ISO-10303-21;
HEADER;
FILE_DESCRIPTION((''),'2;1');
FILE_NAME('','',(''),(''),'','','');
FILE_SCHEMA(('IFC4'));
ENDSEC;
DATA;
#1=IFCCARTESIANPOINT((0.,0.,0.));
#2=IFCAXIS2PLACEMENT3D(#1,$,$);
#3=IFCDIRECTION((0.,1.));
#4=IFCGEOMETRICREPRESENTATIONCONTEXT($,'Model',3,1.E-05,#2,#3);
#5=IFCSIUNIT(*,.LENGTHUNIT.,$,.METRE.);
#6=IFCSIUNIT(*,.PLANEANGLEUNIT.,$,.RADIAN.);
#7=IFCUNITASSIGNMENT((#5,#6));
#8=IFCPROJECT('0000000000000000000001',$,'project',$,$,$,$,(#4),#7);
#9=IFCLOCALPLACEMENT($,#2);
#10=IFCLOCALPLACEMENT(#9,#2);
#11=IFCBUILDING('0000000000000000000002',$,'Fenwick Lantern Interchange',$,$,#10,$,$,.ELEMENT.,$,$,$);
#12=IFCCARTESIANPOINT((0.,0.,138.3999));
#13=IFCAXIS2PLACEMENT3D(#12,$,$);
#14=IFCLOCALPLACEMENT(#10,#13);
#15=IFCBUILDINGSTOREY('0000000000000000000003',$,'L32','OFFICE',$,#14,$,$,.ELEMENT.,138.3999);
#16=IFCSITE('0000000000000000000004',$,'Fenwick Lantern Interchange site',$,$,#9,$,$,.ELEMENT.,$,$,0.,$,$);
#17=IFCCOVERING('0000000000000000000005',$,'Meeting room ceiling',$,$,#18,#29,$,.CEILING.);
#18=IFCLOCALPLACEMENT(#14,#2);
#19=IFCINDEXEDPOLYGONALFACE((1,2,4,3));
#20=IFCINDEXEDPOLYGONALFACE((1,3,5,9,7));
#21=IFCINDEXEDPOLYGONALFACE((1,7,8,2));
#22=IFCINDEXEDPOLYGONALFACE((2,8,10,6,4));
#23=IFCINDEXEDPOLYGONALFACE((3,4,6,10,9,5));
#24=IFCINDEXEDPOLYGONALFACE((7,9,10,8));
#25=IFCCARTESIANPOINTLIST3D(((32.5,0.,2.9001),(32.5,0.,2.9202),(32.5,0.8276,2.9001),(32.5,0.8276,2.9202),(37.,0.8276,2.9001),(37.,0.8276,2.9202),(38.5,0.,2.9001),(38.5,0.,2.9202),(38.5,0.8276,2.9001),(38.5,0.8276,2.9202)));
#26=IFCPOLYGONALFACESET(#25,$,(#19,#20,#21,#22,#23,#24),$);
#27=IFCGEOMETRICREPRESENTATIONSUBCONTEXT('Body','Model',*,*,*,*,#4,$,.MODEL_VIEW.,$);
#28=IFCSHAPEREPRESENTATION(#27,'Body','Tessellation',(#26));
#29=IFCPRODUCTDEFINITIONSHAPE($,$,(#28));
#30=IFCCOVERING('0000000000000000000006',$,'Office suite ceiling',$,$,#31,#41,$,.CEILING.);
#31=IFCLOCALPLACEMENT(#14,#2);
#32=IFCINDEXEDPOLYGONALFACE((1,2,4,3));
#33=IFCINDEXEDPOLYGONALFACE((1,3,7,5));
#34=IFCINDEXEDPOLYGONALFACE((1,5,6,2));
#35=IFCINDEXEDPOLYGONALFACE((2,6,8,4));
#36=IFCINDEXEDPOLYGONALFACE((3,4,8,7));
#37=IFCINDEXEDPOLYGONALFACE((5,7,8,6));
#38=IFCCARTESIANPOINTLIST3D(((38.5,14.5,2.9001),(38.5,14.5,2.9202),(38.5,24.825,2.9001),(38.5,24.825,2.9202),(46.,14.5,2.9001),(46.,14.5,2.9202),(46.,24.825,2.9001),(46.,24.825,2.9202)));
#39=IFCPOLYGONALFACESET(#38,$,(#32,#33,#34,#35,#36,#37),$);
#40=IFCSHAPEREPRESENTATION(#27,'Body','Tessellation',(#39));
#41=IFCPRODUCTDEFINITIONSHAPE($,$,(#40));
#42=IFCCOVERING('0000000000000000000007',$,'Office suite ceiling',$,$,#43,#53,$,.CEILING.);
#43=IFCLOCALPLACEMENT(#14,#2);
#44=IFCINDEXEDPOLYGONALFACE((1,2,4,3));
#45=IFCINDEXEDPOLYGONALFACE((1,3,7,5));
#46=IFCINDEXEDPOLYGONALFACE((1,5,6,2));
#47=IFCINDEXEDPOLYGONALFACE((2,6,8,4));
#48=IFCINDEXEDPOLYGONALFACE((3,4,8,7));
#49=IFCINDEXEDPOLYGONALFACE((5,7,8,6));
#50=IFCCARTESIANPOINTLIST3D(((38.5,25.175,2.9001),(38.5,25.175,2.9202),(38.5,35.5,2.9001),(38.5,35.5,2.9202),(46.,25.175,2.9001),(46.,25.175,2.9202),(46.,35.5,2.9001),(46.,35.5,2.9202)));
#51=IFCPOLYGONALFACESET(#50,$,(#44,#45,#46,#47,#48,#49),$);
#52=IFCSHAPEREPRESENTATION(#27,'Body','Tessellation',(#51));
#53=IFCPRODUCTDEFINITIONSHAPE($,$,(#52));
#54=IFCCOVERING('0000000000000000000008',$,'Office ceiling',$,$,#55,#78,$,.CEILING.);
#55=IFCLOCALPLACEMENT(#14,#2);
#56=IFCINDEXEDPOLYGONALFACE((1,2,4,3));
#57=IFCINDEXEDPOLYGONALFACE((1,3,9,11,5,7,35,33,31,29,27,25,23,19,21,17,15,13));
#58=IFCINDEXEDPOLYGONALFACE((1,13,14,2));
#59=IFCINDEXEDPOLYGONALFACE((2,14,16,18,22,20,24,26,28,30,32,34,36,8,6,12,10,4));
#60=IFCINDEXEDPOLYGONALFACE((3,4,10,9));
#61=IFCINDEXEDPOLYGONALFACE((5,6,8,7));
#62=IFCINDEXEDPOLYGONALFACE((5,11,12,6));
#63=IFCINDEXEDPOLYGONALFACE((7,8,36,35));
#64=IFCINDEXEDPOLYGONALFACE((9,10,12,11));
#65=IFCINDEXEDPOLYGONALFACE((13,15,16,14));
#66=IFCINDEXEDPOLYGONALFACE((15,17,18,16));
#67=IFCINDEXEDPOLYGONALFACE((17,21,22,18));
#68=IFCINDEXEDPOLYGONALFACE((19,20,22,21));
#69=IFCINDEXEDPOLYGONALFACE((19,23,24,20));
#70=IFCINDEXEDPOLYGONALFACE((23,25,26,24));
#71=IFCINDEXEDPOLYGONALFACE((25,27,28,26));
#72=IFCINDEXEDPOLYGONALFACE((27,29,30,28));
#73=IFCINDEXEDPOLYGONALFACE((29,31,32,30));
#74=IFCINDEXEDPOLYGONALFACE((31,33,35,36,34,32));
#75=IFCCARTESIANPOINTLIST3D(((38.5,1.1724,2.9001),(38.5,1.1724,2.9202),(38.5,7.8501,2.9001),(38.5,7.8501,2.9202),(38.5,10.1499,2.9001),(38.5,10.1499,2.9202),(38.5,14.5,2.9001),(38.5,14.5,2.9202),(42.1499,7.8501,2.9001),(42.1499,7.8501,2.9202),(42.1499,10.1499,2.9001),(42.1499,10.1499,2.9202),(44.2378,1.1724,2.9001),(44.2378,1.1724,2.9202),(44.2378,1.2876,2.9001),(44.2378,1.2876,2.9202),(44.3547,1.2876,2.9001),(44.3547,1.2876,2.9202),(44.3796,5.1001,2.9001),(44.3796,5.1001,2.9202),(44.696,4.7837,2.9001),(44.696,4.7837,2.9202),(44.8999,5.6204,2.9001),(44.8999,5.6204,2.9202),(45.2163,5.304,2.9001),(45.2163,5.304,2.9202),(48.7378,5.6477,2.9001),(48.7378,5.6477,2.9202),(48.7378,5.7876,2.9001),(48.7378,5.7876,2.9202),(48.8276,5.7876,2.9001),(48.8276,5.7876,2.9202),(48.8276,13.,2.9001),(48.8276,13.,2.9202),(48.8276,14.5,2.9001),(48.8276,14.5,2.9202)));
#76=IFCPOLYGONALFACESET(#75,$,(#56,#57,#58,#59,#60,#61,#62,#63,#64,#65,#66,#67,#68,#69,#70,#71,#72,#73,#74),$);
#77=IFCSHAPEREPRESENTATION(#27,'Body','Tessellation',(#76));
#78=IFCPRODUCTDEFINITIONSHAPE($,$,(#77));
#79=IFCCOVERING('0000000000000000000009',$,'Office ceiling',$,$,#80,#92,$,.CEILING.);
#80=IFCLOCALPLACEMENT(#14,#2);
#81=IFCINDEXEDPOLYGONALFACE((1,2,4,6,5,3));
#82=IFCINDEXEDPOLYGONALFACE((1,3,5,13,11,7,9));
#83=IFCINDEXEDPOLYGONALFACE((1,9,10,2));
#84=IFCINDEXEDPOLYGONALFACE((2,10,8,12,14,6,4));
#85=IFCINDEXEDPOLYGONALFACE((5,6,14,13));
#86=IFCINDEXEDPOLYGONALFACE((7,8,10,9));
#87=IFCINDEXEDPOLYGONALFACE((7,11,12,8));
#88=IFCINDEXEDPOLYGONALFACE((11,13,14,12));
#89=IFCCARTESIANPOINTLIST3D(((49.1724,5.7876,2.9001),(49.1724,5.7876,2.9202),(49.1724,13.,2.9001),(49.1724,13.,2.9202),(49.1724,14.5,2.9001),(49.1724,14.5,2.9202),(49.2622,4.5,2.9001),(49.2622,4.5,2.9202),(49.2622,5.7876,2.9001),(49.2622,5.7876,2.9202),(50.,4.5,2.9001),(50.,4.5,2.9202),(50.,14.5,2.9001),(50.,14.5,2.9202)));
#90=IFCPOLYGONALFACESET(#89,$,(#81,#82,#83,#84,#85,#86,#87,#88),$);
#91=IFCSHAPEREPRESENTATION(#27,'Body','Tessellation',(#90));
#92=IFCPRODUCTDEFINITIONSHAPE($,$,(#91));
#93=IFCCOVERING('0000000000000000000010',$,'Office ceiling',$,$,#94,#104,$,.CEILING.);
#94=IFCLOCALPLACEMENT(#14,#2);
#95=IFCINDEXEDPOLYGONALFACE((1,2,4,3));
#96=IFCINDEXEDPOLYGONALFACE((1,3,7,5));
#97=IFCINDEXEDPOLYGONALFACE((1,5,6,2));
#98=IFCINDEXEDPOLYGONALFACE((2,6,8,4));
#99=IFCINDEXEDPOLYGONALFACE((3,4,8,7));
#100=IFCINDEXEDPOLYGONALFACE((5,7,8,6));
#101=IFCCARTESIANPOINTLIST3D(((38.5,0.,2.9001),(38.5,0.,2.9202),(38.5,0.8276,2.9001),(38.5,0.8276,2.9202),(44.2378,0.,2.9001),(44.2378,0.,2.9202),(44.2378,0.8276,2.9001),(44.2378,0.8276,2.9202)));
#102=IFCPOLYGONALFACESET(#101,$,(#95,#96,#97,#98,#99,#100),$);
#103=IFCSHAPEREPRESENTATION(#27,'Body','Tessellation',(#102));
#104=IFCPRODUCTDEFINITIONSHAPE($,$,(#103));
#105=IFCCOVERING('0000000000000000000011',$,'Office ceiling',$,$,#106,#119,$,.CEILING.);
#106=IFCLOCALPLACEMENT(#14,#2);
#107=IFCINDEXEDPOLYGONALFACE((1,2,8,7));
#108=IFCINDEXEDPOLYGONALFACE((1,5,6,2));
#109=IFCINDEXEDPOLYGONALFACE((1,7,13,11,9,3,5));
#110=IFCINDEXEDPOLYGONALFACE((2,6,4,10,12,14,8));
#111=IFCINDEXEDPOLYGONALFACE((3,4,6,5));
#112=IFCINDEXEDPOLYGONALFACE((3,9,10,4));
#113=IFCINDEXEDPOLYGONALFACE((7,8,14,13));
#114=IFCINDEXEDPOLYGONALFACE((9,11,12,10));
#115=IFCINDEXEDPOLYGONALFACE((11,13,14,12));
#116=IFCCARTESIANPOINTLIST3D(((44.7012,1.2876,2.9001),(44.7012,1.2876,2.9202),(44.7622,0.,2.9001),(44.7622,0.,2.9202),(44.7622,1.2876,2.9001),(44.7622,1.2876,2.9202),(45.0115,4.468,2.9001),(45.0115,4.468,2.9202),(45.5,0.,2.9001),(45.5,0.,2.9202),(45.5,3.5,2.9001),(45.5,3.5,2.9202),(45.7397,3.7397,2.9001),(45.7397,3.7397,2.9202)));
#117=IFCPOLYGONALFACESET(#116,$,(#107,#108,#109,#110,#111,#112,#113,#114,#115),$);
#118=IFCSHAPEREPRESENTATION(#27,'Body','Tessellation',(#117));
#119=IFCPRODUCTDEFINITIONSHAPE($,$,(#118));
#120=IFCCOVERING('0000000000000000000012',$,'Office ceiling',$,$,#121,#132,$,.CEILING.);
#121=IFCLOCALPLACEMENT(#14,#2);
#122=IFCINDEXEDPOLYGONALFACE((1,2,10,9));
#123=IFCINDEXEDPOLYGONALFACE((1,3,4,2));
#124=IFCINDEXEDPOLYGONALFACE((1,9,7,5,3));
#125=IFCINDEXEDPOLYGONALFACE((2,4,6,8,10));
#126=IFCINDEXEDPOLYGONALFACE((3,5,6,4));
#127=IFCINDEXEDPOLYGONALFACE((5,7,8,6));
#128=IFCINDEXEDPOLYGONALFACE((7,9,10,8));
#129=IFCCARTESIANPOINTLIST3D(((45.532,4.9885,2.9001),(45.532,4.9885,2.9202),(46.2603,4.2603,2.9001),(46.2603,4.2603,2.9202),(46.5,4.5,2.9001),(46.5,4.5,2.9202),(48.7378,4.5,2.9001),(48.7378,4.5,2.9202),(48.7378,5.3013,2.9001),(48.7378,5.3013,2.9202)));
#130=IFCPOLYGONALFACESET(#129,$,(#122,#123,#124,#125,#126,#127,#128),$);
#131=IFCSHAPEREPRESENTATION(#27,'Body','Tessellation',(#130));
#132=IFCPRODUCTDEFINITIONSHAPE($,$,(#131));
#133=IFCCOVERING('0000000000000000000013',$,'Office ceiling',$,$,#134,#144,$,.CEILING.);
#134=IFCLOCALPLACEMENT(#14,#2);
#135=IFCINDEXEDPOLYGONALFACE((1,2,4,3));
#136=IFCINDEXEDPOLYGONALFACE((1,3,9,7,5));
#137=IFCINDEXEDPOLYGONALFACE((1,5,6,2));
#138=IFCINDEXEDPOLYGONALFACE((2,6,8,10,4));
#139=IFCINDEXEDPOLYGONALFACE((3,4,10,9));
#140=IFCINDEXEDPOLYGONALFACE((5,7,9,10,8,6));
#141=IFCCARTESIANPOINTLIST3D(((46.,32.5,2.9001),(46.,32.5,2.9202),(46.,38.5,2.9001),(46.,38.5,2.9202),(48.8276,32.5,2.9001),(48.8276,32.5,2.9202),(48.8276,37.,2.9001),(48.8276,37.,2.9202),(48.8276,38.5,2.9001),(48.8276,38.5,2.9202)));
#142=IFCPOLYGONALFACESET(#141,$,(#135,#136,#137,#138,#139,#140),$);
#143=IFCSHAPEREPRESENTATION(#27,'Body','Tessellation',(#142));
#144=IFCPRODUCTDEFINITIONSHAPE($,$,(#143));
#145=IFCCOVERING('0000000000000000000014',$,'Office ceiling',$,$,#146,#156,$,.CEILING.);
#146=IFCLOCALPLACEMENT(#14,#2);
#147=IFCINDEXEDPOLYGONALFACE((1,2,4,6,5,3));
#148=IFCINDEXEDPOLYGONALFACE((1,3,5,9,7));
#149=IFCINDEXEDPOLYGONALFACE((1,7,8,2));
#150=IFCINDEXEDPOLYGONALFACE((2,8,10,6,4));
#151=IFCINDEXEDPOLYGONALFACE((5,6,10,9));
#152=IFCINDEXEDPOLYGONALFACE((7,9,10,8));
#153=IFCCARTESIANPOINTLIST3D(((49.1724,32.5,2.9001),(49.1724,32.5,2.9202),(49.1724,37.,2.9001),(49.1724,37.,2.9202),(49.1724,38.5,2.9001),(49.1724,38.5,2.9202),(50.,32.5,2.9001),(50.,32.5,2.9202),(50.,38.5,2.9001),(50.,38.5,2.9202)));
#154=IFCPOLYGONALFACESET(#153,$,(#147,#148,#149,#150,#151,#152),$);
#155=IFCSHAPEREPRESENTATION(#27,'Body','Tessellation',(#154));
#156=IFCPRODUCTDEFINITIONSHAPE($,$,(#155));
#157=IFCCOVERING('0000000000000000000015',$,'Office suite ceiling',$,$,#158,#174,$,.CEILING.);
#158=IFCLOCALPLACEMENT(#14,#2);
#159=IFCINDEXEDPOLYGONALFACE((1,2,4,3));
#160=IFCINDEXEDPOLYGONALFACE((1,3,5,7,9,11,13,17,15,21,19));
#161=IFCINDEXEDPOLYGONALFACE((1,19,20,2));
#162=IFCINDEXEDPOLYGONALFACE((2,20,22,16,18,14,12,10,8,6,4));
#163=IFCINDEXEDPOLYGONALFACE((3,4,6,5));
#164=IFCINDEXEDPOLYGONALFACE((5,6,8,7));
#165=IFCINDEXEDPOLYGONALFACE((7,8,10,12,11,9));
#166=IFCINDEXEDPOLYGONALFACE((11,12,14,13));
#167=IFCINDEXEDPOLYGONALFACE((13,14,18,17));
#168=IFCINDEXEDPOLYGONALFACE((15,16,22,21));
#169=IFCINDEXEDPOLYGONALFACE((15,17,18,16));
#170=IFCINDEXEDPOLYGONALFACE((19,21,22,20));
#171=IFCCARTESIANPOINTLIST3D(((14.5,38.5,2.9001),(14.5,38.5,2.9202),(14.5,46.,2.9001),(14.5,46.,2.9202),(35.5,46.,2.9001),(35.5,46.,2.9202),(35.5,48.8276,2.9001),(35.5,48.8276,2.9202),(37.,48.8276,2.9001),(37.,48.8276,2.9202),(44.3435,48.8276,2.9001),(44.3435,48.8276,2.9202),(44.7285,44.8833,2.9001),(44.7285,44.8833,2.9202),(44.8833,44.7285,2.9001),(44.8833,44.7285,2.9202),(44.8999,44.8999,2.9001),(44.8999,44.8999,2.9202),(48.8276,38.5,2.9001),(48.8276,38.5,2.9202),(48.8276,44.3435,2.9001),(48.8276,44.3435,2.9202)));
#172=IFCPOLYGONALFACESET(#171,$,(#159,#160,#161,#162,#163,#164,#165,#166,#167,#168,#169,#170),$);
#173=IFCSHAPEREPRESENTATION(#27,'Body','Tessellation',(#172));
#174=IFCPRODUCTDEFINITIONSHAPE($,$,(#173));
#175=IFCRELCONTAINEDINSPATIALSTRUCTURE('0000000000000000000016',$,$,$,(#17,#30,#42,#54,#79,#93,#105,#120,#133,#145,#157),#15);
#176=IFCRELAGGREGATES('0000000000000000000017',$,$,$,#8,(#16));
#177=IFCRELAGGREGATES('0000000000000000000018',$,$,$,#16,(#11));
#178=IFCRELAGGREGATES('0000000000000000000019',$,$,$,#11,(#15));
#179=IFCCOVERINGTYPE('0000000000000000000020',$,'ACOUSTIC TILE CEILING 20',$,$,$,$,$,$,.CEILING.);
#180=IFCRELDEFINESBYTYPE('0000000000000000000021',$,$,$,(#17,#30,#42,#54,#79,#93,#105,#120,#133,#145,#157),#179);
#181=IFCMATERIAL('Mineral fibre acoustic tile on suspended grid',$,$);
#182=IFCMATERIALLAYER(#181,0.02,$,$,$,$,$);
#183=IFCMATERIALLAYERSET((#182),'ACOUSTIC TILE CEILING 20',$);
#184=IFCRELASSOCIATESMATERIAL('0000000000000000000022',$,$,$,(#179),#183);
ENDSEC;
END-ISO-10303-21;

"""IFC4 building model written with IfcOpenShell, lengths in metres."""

from ifc_helpers import new_model, si_unit, direction, frame, origin, place, context, subcontext, project, spatial, polyline, outline, extrude, material, layer, layer_set, type_object, element, save


model = new_model("IFC4")

# Units and contexts
model_context = context("Model", 3, precision=1e-05, world=origin(), true_north=direction((0.0, 1.0)))
body_context = subcontext(model_context, "Body", "Model", "MODEL_VIEW")
ifc_project = project(units=[si_unit("LENGTHUNIT", "METRE"), si_unit("PLANEANGLEUNIT", "RADIAN")], contexts=[model_context])

# Site, building, storey
site_placement = place(None, origin())
site = spatial("IfcSite", under=ifc_project, at=site_placement, Name="Fenwick Lantern Interchange site", CompositionType="ELEMENT", RefElevation=0.0)
building_placement = place(site_placement, origin())
building = spatial("IfcBuilding", under=site, at=building_placement, Name="Fenwick Lantern Interchange", CompositionType="ELEMENT")
storey_placement = place(building_placement, frame((0.0, 0.0, 138.3999)))
storey = spatial("IfcBuildingStorey", under=building, at=storey_placement, Name="L32", Description="OFFICE", CompositionType="ELEMENT", Elevation=138.3999)

# Coverings
ifc_material = material(Name="Mineral fibre acoustic tile on suspended grid")
ifc_layer = layer(ifc_material, 0.02)
ifc_layer_set = layer_set([ifc_layer], Name="ACOUSTIC TILE CEILING 20")
covering_type = type_object("IfcCoveringType", Name="ACOUSTIC TILE CEILING 20", PredefinedType="CEILING", material=ifc_layer_set)
covering_1_placement = place(storey_placement, frame((0.0, 0.0, 2.9001)))
element("IfcCovering", 1, at=covering_1_placement, inside=storey, type_object=covering_type, Name="Meeting room ceiling", PredefinedType="CEILING", context=body_context, shape_type="SweptSolid", body=[
    extrude(outline(polyline([(38.5, 0.0), (38.5, 0.8276), (37.0, 0.8276), (32.5, 0.8276), (32.5, 0.0), (38.5, 0.0)])), origin(), (0.0, 0.0, 1.0), 0.02),
])
covering_2_placement = place(storey_placement, frame((0.0, 0.0, 2.9001)))
element("IfcCovering", 2, at=covering_2_placement, inside=storey, type_object=covering_type, Name="Office suite ceiling", PredefinedType="CEILING", context=body_context, shape_type="SweptSolid", body=[
    extrude(outline(polyline([(38.5, 24.825), (38.5, 14.5), (46.0, 14.5), (46.0, 24.825), (38.5, 24.825)])), origin(), (0.0, 0.0, 1.0), 0.02),
])
covering_3_placement = place(storey_placement, frame((0.0, 0.0, 2.9001)))
element("IfcCovering", 3, at=covering_3_placement, inside=storey, type_object=covering_type, Name="Office suite ceiling", PredefinedType="CEILING", context=body_context, shape_type="SweptSolid", body=[
    extrude(outline(polyline([(38.5, 35.5), (38.5, 25.175), (46.0, 25.175), (46.0, 35.5), (38.5, 35.5)])), origin(), (0.0, 0.0, 1.0), 0.02),
])
covering_4_placement = place(storey_placement, frame((0.0, 0.0, 2.9001)))
element("IfcCovering", 4, at=covering_4_placement, inside=storey, type_object=covering_type, Name="Office ceiling", PredefinedType="CEILING", context=body_context, shape_type="SweptSolid", body=[
    extrude(outline(polyline([(44.2378, 1.2876), (44.3547, 1.2876), (44.696, 4.7837), (44.3796, 5.1001), (44.8999, 5.6204), (45.2163, 5.304), (48.7378, 5.6477), (48.7378, 5.7876), (48.8276, 5.7876), (48.8276, 13.0), (48.8276, 14.5), (38.5, 14.5), (38.5, 10.1499), (42.1499, 10.1499), (42.1499, 7.8501), (38.5, 7.8501), (38.5, 1.1724), (44.2378, 1.1724), (44.2378, 1.2876)])), origin(), (0.0, 0.0, 1.0), 0.02),
])
covering_5_placement = place(storey_placement, frame((0.0, 0.0, 2.9001)))
element("IfcCovering", 5, at=covering_5_placement, inside=storey, type_object=covering_type, Name="Office ceiling", PredefinedType="CEILING", context=body_context, shape_type="SweptSolid", body=[
    extrude(outline(polyline([(50.0, 14.5), (49.1724, 14.5), (49.1724, 13.0), (49.1724, 5.7876), (49.2622, 5.7876), (49.2622, 4.5), (50.0, 4.5), (50.0, 14.5)])), origin(), (0.0, 0.0, 1.0), 0.02),
])
covering_6_placement = place(storey_placement, frame((0.0, 0.0, 2.9001)))
element("IfcCovering", 6, at=covering_6_placement, inside=storey, type_object=covering_type, Name="Office ceiling", PredefinedType="CEILING", context=body_context, shape_type="SweptSolid", body=[
    extrude(outline(polyline([(44.2378, 0.0), (44.2378, 0.8276), (38.5, 0.8276), (38.5, 0.0), (44.2378, 0.0)])), origin(), (0.0, 0.0, 1.0), 0.02),
])
covering_7_placement = place(storey_placement, frame((0.0, 0.0, 2.9001)))
element("IfcCovering", 7, at=covering_7_placement, inside=storey, type_object=covering_type, Name="Office ceiling", PredefinedType="CEILING", context=body_context, shape_type="SweptSolid", body=[
    extrude(outline(polyline([(44.7622, 1.2876), (44.7622, 0.0), (45.5, 0.0), (45.5, 3.5), (45.7397, 3.7397), (45.0115, 4.468), (44.7012, 1.2876), (44.7622, 1.2876)])), origin(), (0.0, 0.0, 1.0), 0.02),
])
covering_8_placement = place(storey_placement, frame((0.0, 0.0, 2.9001)))
element("IfcCovering", 8, at=covering_8_placement, inside=storey, type_object=covering_type, Name="Office ceiling", PredefinedType="CEILING", context=body_context, shape_type="SweptSolid", body=[
    extrude(outline(polyline([(48.7378, 4.5), (48.7378, 5.3013), (45.532, 4.9885), (46.2603, 4.2603), (46.5, 4.5), (48.7378, 4.5)])), origin(), (0.0, 0.0, 1.0), 0.02),
])
covering_9_placement = place(storey_placement, frame((0.0, 0.0, 2.9001)))
element("IfcCovering", 9, at=covering_9_placement, inside=storey, type_object=covering_type, Name="Office ceiling", PredefinedType="CEILING", context=body_context, shape_type="SweptSolid", body=[
    extrude(outline(polyline([(46.0, 32.5), (48.8276, 32.5), (48.8276, 37.0), (48.8276, 38.5), (46.0, 38.5), (46.0, 32.5)])), origin(), (0.0, 0.0, 1.0), 0.02),
])
covering_10_placement = place(storey_placement, frame((0.0, 0.0, 2.9001)))
element("IfcCovering", 10, at=covering_10_placement, inside=storey, type_object=covering_type, Name="Office ceiling", PredefinedType="CEILING", context=body_context, shape_type="SweptSolid", body=[
    extrude(outline(polyline([(50.0, 38.5), (49.1724, 38.5), (49.1724, 37.0), (49.1724, 32.5), (50.0, 32.5), (50.0, 38.5)])), origin(), (0.0, 0.0, 1.0), 0.02),
])
covering_11_placement = place(storey_placement, frame((0.0, 0.0, 2.9001)))
element("IfcCovering", 11, at=covering_11_placement, inside=storey, type_object=covering_type, Name="Office suite ceiling", PredefinedType="CEILING", context=body_context, shape_type="SweptSolid", body=[
    extrude(outline(polyline([(14.5, 38.5), (48.8276, 38.5), (48.8276, 44.3435), (44.8833, 44.7285), (44.8999, 44.8999), (44.7285, 44.8833), (44.3435, 48.8276), (37.0, 48.8276), (35.5, 48.8276), (35.5, 46.0), (14.5, 46.0), (14.5, 38.5)])), origin(), (0.0, 0.0, 1.0), 0.02),
])

save(model, "model.ifc")
